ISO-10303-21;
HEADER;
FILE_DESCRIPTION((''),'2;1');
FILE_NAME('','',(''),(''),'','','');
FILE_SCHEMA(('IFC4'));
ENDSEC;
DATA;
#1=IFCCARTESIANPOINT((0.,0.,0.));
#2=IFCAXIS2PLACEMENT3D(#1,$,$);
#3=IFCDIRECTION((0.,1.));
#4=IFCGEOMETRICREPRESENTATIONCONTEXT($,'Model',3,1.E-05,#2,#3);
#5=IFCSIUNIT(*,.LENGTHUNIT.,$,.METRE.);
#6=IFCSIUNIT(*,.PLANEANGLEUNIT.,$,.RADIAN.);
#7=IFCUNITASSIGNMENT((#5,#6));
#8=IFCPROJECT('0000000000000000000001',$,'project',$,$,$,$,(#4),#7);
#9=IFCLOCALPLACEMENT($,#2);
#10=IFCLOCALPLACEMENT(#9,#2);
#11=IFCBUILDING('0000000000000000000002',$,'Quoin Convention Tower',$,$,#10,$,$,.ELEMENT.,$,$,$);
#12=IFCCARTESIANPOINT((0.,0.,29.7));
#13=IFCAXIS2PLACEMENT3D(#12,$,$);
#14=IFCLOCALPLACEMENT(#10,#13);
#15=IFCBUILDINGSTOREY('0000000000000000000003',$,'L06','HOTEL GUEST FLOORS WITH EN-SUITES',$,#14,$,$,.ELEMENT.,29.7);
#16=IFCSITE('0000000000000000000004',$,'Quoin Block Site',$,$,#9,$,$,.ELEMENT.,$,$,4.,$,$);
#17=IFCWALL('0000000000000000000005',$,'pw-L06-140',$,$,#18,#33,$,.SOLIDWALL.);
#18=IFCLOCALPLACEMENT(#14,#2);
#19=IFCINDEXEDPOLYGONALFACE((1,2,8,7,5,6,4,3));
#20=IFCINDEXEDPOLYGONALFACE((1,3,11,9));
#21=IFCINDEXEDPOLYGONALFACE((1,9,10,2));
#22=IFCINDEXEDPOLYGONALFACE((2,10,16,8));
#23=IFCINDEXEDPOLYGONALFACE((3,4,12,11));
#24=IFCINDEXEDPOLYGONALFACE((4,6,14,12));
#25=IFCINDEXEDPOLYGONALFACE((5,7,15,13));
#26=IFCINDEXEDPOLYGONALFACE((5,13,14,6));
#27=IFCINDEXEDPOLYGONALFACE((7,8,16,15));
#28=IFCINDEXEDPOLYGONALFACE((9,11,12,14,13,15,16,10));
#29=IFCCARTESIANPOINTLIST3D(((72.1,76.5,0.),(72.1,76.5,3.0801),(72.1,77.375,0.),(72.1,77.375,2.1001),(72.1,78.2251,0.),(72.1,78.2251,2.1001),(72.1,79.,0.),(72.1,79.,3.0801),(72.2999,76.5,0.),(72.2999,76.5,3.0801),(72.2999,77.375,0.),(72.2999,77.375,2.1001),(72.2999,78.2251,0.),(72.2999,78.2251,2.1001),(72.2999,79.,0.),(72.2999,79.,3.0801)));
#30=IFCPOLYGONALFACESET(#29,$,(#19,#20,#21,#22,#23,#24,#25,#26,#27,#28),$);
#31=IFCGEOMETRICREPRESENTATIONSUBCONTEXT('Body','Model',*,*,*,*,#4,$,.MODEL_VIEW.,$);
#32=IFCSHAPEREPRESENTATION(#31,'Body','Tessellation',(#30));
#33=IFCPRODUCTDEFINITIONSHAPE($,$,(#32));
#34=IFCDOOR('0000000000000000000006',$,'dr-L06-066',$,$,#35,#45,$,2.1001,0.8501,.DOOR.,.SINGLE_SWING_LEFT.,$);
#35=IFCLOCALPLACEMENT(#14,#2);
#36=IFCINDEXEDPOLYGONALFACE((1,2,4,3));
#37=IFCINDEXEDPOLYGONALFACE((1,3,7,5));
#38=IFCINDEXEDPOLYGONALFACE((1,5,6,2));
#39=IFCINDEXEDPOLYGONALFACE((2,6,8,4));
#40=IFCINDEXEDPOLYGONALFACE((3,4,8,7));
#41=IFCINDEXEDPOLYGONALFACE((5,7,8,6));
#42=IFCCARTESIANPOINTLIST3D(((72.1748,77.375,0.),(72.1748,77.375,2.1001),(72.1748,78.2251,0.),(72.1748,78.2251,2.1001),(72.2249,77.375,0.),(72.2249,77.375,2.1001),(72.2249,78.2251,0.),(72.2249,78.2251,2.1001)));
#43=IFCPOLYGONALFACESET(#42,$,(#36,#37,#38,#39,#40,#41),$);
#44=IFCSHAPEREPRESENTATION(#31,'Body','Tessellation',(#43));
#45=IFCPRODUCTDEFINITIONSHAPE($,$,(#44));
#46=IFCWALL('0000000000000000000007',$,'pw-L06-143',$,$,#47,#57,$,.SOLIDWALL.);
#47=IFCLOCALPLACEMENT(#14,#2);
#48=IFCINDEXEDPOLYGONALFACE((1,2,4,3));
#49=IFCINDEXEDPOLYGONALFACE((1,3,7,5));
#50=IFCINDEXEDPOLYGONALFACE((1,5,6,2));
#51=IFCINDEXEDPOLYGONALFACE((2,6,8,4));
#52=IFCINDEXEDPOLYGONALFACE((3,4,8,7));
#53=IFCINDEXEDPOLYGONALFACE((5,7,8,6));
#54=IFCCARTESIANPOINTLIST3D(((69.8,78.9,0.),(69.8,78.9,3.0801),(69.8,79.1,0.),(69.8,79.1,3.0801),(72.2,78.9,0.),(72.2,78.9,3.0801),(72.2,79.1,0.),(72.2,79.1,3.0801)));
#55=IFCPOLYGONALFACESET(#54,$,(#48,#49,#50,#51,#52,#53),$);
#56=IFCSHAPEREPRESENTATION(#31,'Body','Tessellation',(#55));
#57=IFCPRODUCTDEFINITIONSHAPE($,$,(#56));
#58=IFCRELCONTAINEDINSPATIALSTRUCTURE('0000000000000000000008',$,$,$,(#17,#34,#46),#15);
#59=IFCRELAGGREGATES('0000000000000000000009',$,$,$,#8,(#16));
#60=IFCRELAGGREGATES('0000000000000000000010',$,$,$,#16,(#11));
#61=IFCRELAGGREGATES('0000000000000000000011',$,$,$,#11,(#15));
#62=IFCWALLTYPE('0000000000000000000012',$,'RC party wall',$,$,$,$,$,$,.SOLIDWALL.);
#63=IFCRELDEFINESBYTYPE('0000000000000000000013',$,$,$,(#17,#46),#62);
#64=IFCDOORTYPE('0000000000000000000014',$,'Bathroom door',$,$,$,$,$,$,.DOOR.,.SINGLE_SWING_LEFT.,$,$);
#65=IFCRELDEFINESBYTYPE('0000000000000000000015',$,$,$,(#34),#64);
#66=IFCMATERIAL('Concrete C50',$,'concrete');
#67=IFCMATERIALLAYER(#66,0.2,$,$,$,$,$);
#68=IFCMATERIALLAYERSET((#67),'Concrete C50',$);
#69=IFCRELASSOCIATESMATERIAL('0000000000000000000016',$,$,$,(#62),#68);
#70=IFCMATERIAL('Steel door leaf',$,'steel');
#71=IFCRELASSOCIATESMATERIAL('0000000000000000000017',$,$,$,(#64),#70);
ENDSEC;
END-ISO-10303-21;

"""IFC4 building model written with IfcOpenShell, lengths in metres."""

from ifc_helpers import new_model, si_unit, direction, frame, frame_2d, origin, place, context, subcontext, project, spatial, rectangle, extrude, material, layer, layer_set, type_object, element, fill, save


model = new_model("IFC4")

# Units and contexts
model_context = context("Model", 3, precision=1e-05, world=origin(), true_north=direction((0.0, 1.0)))
body_context = subcontext(model_context, "Body", "Model", "MODEL_VIEW")
ifc_project = project(units=[si_unit("LENGTHUNIT", "METRE"), si_unit("PLANEANGLEUNIT", "RADIAN")], contexts=[model_context])

# Site, building, storey
site_placement = place(None, origin())
site = spatial("IfcSite", under=ifc_project, at=site_placement, Name="Quoin Block Site", CompositionType="ELEMENT", RefElevation=4.0)
building_placement = place(site_placement, origin())
building = spatial("IfcBuilding", under=site, at=building_placement, Name="Quoin Convention Tower", CompositionType="ELEMENT")
storey_placement = place(building_placement, frame((0.0, 0.0, 29.7)))
storey = spatial("IfcBuildingStorey", under=building, at=storey_placement, Name="L06", Description="HOTEL GUEST FLOORS WITH EN-SUITES", CompositionType="ELEMENT", Elevation=29.7)

# Shared definitions
ifc_material_1 = material(Name="Concrete C50", Category="concrete")
ifc_layer_1 = layer(ifc_material_1, 0.2)
ifc_layer_set_1 = layer_set([ifc_layer_1], Name="Concrete C50")
wall_type_1 = type_object("IfcWallType", Name="RC party wall", PredefinedType="SOLIDWALL", material=ifc_layer_set_1)

# Wall, opening, door
wall_1_placement = place(storey_placement, frame((72.2, 76.5, 0.0), z_axis=(0.0, 0.0, 1.0), x_axis=(0.0, 1.0, 0.0)))
wall_1 = element("IfcWall", 1, at=wall_1_placement, inside=storey, type_object=wall_type_1, Name="pw-L06-140", PredefinedType="SOLIDWALL", context=body_context, shape_type="SweptSolid", body=[
    extrude(rectangle(XDim=2.5, YDim=0.2, at=frame_2d((1.25, 0.0))), origin(), (0.0, 0.0, 1.0), 3.0801),
])
opening_1_placement = place(wall_1_placement, frame((0.875, 0.0, 0.0)))
opening_1 = element("IfcOpeningElement", 2, at=opening_1_placement, cuts=wall_1, PredefinedType="OPENING", context=body_context, shape_type="SweptSolid", body=[
    extrude(rectangle(XDim=0.8501, YDim=2.1001, at=frame_2d((0.425, 1.05))), frame((0.0, 0.1099, 0.0), z_axis=(0.0, -1.0, 0.0), x_axis=(1.0, 0.0, 0.0)), (0.0, 0.0, 1.0), 0.22),
])
ifc_material_2 = material(Name="Steel door leaf", Category="steel")
door_type = type_object("IfcDoorType", Name="Bathroom door", OperationType="SINGLE_SWING_LEFT", PredefinedType="DOOR", material=ifc_material_2)
door_placement = place(opening_1_placement, frame((0.8501, 0.0, 0.0), z_axis=(0.0, 0.0, 1.0), x_axis=(-1.0, 0.0, 0.0)))
door = element("IfcDoor", 3, at=door_placement, inside=storey, type_object=door_type, Name="dr-L06-066", OperationType="SINGLE_SWING_LEFT", OverallHeight=2.1001, OverallWidth=0.8501, PredefinedType="DOOR", context=body_context, shape_type="SweptSolid", body=[
    extrude(rectangle(XDim=0.8501, YDim=2.1001, at=frame_2d((0.425, 1.05))), frame((0.0, 0.0249, 0.0), z_axis=(0.0, -1.0, 0.0), x_axis=(1.0, 0.0, 0.0)), (0.0, 0.0, 1.0), 0.05),
])
fill(opening_1, door)

# Wall
wall_2_placement = place(storey_placement, frame((69.8, 79.0, 0.0), z_axis=(0.0, 0.0, 1.0), x_axis=(1.0, 0.0, 0.0)))
element("IfcWall", 4, at=wall_2_placement, inside=storey, type_object=wall_type_1, Name="pw-L06-143", PredefinedType="SOLIDWALL", context=body_context, shape_type="SweptSolid", body=[
    extrude(rectangle(XDim=2.3999, YDim=0.2, at=frame_2d((1.2, 0.0))), origin(), (0.0, 0.0, 1.0), 3.0801),
])

save(model, "model.ifc")
